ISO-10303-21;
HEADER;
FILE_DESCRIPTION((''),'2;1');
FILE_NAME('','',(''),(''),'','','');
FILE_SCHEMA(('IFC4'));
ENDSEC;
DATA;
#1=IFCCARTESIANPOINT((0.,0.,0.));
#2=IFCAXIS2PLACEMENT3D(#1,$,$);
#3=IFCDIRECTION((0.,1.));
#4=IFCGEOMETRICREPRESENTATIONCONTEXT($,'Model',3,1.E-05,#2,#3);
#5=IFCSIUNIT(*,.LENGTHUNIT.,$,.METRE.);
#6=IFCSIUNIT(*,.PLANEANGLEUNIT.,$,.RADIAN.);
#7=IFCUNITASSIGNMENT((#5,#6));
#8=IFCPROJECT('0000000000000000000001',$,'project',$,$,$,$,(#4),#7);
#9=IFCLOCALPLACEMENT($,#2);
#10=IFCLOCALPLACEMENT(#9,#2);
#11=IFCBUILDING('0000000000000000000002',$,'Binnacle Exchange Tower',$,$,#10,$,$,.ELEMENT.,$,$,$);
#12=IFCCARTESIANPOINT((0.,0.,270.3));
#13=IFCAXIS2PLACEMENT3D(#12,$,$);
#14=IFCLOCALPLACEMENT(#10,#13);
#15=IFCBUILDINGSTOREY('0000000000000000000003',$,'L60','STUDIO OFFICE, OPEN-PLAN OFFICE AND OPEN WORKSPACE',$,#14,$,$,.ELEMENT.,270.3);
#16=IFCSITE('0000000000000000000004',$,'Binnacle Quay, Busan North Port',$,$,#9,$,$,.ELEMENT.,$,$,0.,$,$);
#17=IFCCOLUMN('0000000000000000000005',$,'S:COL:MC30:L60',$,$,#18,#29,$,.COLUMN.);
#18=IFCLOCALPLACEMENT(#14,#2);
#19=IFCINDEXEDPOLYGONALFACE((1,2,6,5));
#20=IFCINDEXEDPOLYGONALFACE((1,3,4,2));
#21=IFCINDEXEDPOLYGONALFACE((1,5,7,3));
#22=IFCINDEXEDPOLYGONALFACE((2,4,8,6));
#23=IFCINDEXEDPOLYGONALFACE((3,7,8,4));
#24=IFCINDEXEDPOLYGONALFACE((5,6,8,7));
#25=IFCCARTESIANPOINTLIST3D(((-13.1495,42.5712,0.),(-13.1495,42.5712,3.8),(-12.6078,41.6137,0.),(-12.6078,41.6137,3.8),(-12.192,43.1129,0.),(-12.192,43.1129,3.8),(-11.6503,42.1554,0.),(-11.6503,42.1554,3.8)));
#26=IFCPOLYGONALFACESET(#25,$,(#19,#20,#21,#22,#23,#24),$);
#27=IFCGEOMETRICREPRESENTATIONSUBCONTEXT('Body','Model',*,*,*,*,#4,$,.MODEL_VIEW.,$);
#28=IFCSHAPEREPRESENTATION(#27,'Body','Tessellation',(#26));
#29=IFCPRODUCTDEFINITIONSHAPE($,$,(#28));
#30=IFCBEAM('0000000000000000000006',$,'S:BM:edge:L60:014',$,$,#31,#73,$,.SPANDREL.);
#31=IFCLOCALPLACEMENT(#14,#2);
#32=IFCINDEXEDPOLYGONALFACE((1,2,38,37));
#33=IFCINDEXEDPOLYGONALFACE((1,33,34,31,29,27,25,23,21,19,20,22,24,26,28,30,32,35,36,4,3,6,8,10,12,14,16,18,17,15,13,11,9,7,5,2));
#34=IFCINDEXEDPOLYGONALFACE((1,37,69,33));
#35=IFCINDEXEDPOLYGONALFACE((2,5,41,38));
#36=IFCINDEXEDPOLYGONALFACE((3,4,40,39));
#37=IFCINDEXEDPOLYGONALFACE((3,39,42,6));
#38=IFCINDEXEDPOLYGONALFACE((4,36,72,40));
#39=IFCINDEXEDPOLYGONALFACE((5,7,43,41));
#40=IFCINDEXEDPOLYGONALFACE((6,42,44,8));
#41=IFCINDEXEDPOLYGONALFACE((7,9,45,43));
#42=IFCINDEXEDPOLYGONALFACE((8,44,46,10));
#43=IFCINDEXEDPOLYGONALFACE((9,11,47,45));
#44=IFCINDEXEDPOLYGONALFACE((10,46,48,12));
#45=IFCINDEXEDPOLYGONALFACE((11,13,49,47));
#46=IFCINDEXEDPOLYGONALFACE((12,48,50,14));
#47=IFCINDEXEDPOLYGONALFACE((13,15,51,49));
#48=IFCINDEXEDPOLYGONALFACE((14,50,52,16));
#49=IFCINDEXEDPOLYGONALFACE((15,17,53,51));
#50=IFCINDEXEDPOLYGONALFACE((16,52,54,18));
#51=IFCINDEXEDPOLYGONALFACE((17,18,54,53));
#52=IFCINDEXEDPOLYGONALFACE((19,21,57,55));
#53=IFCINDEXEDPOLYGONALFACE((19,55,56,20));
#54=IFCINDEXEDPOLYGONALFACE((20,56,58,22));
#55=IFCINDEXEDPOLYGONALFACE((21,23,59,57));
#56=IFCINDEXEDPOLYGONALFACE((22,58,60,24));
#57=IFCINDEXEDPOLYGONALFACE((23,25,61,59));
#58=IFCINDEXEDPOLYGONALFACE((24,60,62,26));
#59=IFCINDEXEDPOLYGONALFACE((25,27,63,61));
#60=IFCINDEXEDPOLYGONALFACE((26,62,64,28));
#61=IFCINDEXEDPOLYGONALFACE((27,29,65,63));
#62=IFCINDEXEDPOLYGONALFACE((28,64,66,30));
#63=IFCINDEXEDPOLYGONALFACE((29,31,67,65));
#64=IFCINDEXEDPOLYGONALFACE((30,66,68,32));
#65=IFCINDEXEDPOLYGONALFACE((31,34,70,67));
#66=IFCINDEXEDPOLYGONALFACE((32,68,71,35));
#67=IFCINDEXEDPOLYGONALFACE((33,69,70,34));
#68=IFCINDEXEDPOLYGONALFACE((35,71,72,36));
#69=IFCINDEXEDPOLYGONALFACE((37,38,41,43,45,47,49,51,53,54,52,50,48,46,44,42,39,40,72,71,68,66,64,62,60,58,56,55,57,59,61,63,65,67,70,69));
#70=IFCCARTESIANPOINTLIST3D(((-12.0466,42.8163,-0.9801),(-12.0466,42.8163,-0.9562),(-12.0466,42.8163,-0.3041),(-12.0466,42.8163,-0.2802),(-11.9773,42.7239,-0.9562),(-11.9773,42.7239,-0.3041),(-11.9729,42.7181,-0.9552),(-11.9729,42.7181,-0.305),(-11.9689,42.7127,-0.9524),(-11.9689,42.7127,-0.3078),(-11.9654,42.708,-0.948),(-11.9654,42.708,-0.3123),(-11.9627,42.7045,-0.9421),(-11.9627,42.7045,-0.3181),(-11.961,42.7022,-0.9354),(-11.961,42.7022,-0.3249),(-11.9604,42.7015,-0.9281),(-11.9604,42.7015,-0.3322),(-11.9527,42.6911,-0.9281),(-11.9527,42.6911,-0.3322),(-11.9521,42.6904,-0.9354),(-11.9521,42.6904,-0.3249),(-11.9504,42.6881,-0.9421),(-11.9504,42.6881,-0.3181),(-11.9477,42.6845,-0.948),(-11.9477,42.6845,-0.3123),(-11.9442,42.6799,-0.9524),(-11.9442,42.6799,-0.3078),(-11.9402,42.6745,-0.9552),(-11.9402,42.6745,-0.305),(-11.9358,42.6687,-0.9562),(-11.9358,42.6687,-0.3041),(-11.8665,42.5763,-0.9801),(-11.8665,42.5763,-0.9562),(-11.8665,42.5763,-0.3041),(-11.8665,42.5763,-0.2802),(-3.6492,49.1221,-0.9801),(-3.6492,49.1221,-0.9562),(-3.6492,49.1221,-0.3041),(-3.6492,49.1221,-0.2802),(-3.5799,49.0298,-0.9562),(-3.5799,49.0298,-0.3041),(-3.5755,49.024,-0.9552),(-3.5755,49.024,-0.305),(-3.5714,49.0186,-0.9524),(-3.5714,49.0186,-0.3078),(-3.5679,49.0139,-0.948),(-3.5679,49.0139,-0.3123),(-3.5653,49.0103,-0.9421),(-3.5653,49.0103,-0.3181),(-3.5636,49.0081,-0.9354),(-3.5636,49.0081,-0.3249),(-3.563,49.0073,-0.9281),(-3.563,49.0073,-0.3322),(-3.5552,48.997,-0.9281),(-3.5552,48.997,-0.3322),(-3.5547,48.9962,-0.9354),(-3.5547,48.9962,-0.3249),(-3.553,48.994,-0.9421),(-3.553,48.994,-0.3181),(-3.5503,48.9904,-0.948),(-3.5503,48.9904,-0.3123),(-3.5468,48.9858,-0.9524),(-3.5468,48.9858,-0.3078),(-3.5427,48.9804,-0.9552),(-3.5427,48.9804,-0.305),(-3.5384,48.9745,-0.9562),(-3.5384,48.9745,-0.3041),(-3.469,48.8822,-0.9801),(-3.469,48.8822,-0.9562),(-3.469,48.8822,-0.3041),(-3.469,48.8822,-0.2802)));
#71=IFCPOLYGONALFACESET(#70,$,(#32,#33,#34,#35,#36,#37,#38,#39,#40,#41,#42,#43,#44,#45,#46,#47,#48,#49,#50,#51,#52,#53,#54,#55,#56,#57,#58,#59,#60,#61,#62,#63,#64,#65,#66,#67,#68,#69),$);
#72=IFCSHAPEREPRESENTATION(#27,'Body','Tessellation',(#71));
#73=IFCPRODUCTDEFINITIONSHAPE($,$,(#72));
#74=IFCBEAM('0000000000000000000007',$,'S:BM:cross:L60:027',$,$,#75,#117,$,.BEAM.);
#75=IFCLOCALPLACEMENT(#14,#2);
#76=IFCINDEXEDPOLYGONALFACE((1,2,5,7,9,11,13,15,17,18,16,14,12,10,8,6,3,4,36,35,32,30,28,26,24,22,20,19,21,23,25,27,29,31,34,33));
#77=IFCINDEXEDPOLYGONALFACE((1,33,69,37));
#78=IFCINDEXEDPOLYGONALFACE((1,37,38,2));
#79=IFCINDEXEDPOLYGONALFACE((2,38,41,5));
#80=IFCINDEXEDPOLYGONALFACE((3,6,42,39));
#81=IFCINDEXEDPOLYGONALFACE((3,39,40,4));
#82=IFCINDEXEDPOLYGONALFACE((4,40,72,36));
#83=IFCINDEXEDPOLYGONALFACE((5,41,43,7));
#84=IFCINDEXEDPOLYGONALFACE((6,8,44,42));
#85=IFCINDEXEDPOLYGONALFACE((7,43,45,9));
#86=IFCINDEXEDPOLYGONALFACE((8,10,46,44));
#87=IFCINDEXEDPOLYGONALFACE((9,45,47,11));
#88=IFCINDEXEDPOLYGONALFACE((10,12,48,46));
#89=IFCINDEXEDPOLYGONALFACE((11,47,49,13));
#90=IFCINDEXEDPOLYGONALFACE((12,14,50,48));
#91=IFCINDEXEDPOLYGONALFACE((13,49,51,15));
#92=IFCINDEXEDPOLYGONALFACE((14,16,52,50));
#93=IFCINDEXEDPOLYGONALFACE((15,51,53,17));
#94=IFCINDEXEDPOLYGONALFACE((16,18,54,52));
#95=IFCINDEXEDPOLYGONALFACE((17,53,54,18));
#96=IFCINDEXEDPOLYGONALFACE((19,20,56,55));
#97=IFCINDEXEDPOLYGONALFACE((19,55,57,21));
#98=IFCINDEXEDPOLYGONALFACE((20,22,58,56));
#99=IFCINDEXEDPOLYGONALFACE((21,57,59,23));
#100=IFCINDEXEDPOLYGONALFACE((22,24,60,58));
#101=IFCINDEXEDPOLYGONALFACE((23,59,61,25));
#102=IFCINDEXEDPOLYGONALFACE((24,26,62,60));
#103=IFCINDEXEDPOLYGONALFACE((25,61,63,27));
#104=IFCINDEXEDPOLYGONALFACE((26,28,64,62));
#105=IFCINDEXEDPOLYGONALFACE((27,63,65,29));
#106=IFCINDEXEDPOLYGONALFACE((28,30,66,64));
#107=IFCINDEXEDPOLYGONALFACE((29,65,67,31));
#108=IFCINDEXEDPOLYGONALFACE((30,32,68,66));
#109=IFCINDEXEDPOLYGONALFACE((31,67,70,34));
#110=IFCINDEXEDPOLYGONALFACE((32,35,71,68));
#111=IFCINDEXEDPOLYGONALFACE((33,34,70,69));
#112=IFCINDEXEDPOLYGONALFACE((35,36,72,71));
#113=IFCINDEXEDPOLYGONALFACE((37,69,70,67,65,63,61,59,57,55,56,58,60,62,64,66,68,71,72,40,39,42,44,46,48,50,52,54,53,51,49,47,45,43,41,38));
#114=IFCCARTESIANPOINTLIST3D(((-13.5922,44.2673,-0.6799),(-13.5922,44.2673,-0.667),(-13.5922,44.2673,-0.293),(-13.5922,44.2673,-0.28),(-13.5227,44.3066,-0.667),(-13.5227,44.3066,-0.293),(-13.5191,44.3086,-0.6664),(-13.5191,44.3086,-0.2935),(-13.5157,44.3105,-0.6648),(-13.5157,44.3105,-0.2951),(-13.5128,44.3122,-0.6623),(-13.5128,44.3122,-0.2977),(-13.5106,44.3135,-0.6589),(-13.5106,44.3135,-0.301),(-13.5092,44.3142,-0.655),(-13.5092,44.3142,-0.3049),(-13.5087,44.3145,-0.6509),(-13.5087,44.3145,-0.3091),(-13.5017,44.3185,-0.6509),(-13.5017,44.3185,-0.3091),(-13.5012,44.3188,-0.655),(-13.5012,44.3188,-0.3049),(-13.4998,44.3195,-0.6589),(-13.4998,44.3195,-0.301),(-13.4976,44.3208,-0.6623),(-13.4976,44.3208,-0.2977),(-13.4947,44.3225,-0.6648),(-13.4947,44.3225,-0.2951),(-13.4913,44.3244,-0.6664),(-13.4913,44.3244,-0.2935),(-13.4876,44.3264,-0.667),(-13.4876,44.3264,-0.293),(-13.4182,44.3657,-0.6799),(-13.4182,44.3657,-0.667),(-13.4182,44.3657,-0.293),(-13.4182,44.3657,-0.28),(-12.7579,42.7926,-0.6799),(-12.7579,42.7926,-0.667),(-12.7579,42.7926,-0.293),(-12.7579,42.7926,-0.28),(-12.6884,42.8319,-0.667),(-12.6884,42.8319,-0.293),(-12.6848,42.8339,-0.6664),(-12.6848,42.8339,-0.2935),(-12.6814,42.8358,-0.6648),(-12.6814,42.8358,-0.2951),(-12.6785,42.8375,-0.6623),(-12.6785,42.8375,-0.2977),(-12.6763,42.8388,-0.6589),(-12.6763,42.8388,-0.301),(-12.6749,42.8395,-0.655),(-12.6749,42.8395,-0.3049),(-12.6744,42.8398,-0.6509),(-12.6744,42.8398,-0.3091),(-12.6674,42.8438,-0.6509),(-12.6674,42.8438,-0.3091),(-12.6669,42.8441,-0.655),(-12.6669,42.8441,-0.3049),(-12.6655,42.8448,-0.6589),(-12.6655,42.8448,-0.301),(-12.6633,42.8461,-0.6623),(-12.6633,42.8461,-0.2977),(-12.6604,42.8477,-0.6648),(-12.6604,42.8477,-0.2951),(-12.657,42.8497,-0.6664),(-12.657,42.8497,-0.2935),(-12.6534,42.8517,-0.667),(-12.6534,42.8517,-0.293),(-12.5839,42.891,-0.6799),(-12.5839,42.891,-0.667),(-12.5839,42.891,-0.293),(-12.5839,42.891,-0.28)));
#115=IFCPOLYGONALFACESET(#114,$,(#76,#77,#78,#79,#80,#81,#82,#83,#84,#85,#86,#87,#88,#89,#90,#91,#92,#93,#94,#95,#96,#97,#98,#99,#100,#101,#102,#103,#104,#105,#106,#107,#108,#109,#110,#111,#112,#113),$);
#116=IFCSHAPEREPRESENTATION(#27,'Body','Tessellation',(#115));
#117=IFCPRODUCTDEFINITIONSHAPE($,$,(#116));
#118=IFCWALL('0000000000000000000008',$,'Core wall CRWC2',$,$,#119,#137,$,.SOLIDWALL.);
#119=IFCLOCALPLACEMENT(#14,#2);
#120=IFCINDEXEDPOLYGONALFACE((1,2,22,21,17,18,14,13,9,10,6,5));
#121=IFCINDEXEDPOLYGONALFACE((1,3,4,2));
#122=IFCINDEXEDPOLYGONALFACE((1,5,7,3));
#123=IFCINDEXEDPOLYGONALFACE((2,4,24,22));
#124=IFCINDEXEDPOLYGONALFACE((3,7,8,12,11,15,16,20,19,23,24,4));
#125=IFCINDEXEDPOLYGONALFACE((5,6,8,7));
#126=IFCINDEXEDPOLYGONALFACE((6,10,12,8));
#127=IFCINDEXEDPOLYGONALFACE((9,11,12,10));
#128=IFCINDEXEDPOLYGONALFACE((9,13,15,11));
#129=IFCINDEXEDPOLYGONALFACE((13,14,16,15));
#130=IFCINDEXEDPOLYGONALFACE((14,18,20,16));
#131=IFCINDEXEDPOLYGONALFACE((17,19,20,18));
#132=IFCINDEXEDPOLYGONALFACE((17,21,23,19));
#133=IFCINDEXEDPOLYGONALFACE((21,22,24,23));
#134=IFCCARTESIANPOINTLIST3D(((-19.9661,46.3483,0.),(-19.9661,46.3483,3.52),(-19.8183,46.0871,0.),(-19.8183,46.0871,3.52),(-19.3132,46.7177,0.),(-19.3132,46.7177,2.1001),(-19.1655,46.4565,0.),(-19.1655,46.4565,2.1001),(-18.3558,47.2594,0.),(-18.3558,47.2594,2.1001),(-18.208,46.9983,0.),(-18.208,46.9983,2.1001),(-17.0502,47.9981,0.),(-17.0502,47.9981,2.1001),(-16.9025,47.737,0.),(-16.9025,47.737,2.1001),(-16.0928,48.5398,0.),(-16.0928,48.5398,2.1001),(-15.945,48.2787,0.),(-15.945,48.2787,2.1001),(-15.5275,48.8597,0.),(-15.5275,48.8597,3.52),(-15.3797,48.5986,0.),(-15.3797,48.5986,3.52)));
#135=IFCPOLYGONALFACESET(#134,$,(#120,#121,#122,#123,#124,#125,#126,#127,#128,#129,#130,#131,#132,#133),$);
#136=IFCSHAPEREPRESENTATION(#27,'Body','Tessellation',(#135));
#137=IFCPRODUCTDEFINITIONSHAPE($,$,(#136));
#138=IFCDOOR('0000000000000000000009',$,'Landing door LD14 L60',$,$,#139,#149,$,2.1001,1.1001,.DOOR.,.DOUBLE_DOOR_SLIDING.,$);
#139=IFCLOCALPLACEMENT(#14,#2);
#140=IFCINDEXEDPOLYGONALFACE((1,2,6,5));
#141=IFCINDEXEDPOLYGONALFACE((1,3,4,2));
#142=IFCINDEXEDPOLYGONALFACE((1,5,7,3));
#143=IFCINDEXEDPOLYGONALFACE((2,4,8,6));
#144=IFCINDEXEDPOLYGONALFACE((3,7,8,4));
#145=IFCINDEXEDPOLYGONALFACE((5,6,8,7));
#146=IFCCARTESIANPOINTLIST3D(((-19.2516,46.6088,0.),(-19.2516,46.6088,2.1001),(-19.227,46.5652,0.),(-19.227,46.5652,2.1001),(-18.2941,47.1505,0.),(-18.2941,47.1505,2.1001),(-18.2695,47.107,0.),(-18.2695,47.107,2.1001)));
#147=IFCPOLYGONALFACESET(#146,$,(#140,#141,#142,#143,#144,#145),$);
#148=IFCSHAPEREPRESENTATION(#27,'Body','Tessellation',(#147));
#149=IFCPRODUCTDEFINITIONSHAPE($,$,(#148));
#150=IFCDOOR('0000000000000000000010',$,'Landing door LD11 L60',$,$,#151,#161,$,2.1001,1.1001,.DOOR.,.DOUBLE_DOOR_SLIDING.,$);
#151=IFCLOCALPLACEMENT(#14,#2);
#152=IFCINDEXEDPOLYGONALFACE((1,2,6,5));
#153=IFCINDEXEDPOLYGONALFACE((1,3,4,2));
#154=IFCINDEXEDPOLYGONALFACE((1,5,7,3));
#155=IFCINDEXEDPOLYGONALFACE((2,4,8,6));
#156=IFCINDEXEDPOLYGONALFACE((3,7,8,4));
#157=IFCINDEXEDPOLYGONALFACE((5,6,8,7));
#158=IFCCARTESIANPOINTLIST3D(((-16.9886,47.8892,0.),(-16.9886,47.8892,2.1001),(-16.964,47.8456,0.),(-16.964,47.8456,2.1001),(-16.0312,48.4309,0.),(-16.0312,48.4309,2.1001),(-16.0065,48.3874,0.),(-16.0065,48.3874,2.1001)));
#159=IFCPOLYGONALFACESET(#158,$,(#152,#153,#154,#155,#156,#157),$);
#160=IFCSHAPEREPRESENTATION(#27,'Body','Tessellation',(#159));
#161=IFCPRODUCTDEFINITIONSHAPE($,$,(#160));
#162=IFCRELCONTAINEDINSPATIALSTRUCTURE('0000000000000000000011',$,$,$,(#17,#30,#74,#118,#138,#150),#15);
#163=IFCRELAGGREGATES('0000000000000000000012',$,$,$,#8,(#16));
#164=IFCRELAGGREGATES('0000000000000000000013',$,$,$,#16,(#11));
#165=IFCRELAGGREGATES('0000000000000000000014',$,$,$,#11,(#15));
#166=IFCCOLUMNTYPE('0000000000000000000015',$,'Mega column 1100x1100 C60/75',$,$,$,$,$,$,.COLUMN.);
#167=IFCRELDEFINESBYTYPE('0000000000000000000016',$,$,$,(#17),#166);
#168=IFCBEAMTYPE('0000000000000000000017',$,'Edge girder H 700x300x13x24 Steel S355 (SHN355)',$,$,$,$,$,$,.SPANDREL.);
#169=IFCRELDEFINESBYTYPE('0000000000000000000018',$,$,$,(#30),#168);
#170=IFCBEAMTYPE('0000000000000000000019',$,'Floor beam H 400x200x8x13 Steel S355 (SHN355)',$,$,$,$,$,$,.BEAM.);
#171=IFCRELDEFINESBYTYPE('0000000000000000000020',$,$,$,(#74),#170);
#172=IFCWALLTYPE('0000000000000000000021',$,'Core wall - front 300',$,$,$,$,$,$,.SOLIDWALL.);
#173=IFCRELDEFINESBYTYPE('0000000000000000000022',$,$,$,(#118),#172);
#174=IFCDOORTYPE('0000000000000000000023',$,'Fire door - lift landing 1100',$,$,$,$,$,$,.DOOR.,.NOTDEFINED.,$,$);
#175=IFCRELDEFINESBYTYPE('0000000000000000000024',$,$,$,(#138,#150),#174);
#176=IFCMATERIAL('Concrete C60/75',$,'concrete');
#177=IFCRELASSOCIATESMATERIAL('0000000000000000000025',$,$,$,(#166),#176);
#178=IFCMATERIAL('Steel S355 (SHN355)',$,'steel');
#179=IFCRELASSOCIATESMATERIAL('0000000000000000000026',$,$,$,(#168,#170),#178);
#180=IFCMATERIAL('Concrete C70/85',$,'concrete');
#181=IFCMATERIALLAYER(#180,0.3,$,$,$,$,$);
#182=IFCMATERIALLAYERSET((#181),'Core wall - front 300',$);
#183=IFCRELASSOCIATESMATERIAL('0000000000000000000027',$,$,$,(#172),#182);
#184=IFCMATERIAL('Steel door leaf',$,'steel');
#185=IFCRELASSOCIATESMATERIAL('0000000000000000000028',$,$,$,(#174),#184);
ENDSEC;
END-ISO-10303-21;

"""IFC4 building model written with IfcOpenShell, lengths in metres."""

from ifc_helpers import new_model, si_unit, direction, frame, frame_2d, origin, origin_2d, place, context, subcontext, project, spatial, rectangle, i_section, extrude, material, layer, layer_set, material_profile, profile_set, type_object, element, fill, save


model = new_model("IFC4")

# Units and contexts
model_context = context("Model", 3, precision=1e-05, world=origin(), true_north=direction((0.0, 1.0)))
body_context = subcontext(model_context, "Body", "Model", "MODEL_VIEW")
ifc_project = project(units=[si_unit("LENGTHUNIT", "METRE"), si_unit("PLANEANGLEUNIT", "RADIAN")], contexts=[model_context])

# Site, building, storey
site_placement = place(None, origin())
site = spatial("IfcSite", under=ifc_project, at=site_placement, Name="Binnacle Quay, Busan North Port", CompositionType="ELEMENT", RefElevation=0.0)
building_placement = place(site_placement, origin())
building = spatial("IfcBuilding", under=site, at=building_placement, Name="Binnacle Exchange Tower", CompositionType="ELEMENT")
storey_placement = place(building_placement, frame((0.0, 0.0, 270.3)))
storey = spatial("IfcBuildingStorey", under=building, at=storey_placement, Name="L60", Description="STUDIO OFFICE, OPEN-PLAN OFFICE AND OPEN WORKSPACE", CompositionType="ELEMENT", Elevation=270.3)

# Column
ifc_material_1 = material(Name="Concrete C60/75", Category="concrete")
ifc_material_profile_1 = material_profile(ifc_material_1, rectangle(XDim=1.1001, YDim=1.1001, at=origin_2d()), Name="Mega column 1100x1100 C60/75")
ifc_profile_set_1 = profile_set([ifc_material_profile_1], Name="Concrete C60/75")
column_type = type_object("IfcColumnType", Name="Mega column 1100x1100 C60/75", PredefinedType="COLUMN", material=ifc_profile_set_1)
column_placement = place(storey_placement, frame((-12.3999, 42.3633, 0.0), z_axis=(0.0, 0.0, 1.0), x_axis=(0.870356, 0.492424, 0.0)))
element("IfcColumn", 1, at=column_placement, inside=storey, type_object=column_type, Name="S:COL:MC30:L60", PredefinedType="COLUMN", context=body_context, shape_type="SweptSolid", body=[
    extrude(rectangle(XDim=1.1001, YDim=1.1001, at=origin_2d()), origin(), (0.0, 0.0, 1.0), 3.8),
])

# Beams
ifc_material_2 = material(Name="Steel S355 (SHN355)", Category="steel")
ifc_material_profile_2 = material_profile(ifc_material_2, i_section(OverallWidth=0.3, OverallDepth=0.7, WebThickness=0.0129, FlangeThickness=0.0239, FilletRadius=0.0281, at=origin_2d()), Name="H 700x300x13x24")
ifc_profile_set_2 = profile_set([ifc_material_profile_2], Name="Steel S355 (SHN355)")
beam_type_1 = type_object("IfcBeamType", Name="Edge girder H 700x300x13x24 Steel S355 (SHN355)", PredefinedType="SPANDREL", material=ifc_profile_set_2)
beam_1_placement = place(storey_placement, frame((-11.9565, 42.6963, -0.6301), z_axis=(0.799643, 0.600476, 0.0), x_axis=(-0.600476, 0.799643, 0.0)))
element("IfcBeam", 2, at=beam_1_placement, inside=storey, type_object=beam_type_1, Name="S:BM:edge:L60:014", PredefinedType="SPANDREL", context=body_context, shape_type="SweptSolid", body=[
    extrude(i_section(OverallWidth=0.3, OverallDepth=0.7, WebThickness=0.0129, FlangeThickness=0.0239, FilletRadius=0.0281, at=origin_2d()), origin(), (0.0, 0.0, 1.0), 10.5015),
])
ifc_material_profile_3 = material_profile(ifc_material_2, i_section(OverallWidth=0.2, OverallDepth=0.3999, WebThickness=0.0081, FlangeThickness=0.0129, FilletRadius=0.0161, at=origin_2d()), Name="H 400x200x8x13")
ifc_profile_set_3 = profile_set([ifc_material_profile_3], Name="Steel S355 (SHN355)")
beam_type_2 = type_object("IfcBeamType", Name="Floor beam H 400x200x8x13 Steel S355 (SHN355)", PredefinedType="BEAM", material=ifc_profile_set_3)
beam_2_placement = place(storey_placement, frame((-12.6709, 42.8418, -0.48), z_axis=(-0.492394, 0.870372, 0.0), x_axis=(-0.870372, -0.492394, 0.0)))
element("IfcBeam", 3, at=beam_2_placement, inside=storey, type_object=beam_type_2, Name="S:BM:cross:L60:027", PredefinedType="BEAM", context=body_context, shape_type="SweptSolid", body=[
    extrude(i_section(OverallWidth=0.2, OverallDepth=0.3999, WebThickness=0.0081, FlangeThickness=0.0129, FilletRadius=0.0161, at=origin_2d()), origin(), (0.0, 0.0, 1.0), 1.6943),
])

# Wall, openings, doors
ifc_material_3 = material(Name="Concrete C70/85", Category="concrete")
ifc_layer_1 = layer(ifc_material_3, 0.3)
ifc_layer_set_1 = layer_set([ifc_layer_1], Name="Core wall - front 300")
wall_type_1 = type_object("IfcWallType", Name="Core wall - front 300", PredefinedType="SOLIDWALL", material=ifc_layer_set_1)
wall_1_placement = place(storey_placement, frame((-19.8921, 46.2178, 0.0), z_axis=(0.0, 0.0, 1.0), x_axis=(0.870342, 0.492448, 0.0)))
wall_1 = element("IfcWall", 4, at=wall_1_placement, inside=storey, type_object=wall_type_1, Name="Core wall CRWC2", PredefinedType="SOLIDWALL", context=body_context, shape_type="SweptSolid", body=[
    extrude(rectangle(XDim=5.0999, YDim=0.3, at=frame_2d((2.5498, 0.0))), origin(), (0.0, 0.0, 1.0), 3.52),
])
opening_1_placement = place(wall_1_placement, frame((0.75, 0.0, 0.0)))
opening_1 = element("IfcOpeningElement", 5, at=opening_1_placement, cuts=wall_1, PredefinedType="OPENING", context=body_context, shape_type="SweptSolid", body=[
    extrude(rectangle(XDim=1.1001, YDim=2.1001, at=frame_2d((0.55, 1.05))), frame((0.0, 0.1599, 0.0), z_axis=(0.0, -1.0, 0.0), x_axis=(1.0, 0.0, 0.0)), (0.0, 0.0, 1.0), 0.3201),
])
opening_2_placement = place(wall_1_placement, frame((3.3501, 0.0, 0.0)))
opening_2 = element("IfcOpeningElement", 6, at=opening_2_placement, cuts=wall_1, PredefinedType="OPENING", context=body_context, shape_type="SweptSolid", body=[
    extrude(rectangle(XDim=1.1001, YDim=2.1001, at=frame_2d((0.55, 1.05))), frame((0.0, 0.1599, 0.0), z_axis=(0.0, -1.0, 0.0), x_axis=(1.0, 0.0, 0.0)), (0.0, 0.0, 1.0), 0.3201),
])
ifc_material_4 = material(Name="Steel door leaf", Category="steel")
door_type_1 = type_object("IfcDoorType", Name="Fire door - lift landing 1100", OperationType="NOTDEFINED", PredefinedType="DOOR", material=ifc_material_4)
door_1_placement = place(opening_1_placement, origin())
door_1 = element("IfcDoor", 7, at=door_1_placement, inside=storey, type_object=door_type_1, Name="Landing door LD14 L60", OperationType="DOUBLE_DOOR_SLIDING", OverallHeight=2.1001, OverallWidth=1.1001, PredefinedType="DOOR", context=body_context, shape_type="SweptSolid", body=[
    extrude(rectangle(XDim=1.1001, YDim=2.1001, at=frame_2d((0.55, 1.05))), frame((0.0, 0.0249, 0.0), z_axis=(0.0, -1.0, 0.0), x_axis=(1.0, 0.0, 0.0)), (0.0, 0.0, 1.0), 0.05),
])
fill(opening_1, door_1)
door_2_placement = place(opening_2_placement, origin())
door_2 = element("IfcDoor", 8, at=door_2_placement, inside=storey, type_object=door_type_1, Name="Landing door LD11 L60", OperationType="DOUBLE_DOOR_SLIDING", OverallHeight=2.1001, OverallWidth=1.1001, PredefinedType="DOOR", context=body_context, shape_type="SweptSolid", body=[
    extrude(rectangle(XDim=1.1001, YDim=2.1001, at=frame_2d((0.55, 1.05))), frame((0.0, 0.0249, 0.0), z_axis=(0.0, -1.0, 0.0), x_axis=(1.0, 0.0, 0.0)), (0.0, 0.0, 1.0), 0.05),
])
fill(opening_2, door_2)

save(model, "model.ifc")
